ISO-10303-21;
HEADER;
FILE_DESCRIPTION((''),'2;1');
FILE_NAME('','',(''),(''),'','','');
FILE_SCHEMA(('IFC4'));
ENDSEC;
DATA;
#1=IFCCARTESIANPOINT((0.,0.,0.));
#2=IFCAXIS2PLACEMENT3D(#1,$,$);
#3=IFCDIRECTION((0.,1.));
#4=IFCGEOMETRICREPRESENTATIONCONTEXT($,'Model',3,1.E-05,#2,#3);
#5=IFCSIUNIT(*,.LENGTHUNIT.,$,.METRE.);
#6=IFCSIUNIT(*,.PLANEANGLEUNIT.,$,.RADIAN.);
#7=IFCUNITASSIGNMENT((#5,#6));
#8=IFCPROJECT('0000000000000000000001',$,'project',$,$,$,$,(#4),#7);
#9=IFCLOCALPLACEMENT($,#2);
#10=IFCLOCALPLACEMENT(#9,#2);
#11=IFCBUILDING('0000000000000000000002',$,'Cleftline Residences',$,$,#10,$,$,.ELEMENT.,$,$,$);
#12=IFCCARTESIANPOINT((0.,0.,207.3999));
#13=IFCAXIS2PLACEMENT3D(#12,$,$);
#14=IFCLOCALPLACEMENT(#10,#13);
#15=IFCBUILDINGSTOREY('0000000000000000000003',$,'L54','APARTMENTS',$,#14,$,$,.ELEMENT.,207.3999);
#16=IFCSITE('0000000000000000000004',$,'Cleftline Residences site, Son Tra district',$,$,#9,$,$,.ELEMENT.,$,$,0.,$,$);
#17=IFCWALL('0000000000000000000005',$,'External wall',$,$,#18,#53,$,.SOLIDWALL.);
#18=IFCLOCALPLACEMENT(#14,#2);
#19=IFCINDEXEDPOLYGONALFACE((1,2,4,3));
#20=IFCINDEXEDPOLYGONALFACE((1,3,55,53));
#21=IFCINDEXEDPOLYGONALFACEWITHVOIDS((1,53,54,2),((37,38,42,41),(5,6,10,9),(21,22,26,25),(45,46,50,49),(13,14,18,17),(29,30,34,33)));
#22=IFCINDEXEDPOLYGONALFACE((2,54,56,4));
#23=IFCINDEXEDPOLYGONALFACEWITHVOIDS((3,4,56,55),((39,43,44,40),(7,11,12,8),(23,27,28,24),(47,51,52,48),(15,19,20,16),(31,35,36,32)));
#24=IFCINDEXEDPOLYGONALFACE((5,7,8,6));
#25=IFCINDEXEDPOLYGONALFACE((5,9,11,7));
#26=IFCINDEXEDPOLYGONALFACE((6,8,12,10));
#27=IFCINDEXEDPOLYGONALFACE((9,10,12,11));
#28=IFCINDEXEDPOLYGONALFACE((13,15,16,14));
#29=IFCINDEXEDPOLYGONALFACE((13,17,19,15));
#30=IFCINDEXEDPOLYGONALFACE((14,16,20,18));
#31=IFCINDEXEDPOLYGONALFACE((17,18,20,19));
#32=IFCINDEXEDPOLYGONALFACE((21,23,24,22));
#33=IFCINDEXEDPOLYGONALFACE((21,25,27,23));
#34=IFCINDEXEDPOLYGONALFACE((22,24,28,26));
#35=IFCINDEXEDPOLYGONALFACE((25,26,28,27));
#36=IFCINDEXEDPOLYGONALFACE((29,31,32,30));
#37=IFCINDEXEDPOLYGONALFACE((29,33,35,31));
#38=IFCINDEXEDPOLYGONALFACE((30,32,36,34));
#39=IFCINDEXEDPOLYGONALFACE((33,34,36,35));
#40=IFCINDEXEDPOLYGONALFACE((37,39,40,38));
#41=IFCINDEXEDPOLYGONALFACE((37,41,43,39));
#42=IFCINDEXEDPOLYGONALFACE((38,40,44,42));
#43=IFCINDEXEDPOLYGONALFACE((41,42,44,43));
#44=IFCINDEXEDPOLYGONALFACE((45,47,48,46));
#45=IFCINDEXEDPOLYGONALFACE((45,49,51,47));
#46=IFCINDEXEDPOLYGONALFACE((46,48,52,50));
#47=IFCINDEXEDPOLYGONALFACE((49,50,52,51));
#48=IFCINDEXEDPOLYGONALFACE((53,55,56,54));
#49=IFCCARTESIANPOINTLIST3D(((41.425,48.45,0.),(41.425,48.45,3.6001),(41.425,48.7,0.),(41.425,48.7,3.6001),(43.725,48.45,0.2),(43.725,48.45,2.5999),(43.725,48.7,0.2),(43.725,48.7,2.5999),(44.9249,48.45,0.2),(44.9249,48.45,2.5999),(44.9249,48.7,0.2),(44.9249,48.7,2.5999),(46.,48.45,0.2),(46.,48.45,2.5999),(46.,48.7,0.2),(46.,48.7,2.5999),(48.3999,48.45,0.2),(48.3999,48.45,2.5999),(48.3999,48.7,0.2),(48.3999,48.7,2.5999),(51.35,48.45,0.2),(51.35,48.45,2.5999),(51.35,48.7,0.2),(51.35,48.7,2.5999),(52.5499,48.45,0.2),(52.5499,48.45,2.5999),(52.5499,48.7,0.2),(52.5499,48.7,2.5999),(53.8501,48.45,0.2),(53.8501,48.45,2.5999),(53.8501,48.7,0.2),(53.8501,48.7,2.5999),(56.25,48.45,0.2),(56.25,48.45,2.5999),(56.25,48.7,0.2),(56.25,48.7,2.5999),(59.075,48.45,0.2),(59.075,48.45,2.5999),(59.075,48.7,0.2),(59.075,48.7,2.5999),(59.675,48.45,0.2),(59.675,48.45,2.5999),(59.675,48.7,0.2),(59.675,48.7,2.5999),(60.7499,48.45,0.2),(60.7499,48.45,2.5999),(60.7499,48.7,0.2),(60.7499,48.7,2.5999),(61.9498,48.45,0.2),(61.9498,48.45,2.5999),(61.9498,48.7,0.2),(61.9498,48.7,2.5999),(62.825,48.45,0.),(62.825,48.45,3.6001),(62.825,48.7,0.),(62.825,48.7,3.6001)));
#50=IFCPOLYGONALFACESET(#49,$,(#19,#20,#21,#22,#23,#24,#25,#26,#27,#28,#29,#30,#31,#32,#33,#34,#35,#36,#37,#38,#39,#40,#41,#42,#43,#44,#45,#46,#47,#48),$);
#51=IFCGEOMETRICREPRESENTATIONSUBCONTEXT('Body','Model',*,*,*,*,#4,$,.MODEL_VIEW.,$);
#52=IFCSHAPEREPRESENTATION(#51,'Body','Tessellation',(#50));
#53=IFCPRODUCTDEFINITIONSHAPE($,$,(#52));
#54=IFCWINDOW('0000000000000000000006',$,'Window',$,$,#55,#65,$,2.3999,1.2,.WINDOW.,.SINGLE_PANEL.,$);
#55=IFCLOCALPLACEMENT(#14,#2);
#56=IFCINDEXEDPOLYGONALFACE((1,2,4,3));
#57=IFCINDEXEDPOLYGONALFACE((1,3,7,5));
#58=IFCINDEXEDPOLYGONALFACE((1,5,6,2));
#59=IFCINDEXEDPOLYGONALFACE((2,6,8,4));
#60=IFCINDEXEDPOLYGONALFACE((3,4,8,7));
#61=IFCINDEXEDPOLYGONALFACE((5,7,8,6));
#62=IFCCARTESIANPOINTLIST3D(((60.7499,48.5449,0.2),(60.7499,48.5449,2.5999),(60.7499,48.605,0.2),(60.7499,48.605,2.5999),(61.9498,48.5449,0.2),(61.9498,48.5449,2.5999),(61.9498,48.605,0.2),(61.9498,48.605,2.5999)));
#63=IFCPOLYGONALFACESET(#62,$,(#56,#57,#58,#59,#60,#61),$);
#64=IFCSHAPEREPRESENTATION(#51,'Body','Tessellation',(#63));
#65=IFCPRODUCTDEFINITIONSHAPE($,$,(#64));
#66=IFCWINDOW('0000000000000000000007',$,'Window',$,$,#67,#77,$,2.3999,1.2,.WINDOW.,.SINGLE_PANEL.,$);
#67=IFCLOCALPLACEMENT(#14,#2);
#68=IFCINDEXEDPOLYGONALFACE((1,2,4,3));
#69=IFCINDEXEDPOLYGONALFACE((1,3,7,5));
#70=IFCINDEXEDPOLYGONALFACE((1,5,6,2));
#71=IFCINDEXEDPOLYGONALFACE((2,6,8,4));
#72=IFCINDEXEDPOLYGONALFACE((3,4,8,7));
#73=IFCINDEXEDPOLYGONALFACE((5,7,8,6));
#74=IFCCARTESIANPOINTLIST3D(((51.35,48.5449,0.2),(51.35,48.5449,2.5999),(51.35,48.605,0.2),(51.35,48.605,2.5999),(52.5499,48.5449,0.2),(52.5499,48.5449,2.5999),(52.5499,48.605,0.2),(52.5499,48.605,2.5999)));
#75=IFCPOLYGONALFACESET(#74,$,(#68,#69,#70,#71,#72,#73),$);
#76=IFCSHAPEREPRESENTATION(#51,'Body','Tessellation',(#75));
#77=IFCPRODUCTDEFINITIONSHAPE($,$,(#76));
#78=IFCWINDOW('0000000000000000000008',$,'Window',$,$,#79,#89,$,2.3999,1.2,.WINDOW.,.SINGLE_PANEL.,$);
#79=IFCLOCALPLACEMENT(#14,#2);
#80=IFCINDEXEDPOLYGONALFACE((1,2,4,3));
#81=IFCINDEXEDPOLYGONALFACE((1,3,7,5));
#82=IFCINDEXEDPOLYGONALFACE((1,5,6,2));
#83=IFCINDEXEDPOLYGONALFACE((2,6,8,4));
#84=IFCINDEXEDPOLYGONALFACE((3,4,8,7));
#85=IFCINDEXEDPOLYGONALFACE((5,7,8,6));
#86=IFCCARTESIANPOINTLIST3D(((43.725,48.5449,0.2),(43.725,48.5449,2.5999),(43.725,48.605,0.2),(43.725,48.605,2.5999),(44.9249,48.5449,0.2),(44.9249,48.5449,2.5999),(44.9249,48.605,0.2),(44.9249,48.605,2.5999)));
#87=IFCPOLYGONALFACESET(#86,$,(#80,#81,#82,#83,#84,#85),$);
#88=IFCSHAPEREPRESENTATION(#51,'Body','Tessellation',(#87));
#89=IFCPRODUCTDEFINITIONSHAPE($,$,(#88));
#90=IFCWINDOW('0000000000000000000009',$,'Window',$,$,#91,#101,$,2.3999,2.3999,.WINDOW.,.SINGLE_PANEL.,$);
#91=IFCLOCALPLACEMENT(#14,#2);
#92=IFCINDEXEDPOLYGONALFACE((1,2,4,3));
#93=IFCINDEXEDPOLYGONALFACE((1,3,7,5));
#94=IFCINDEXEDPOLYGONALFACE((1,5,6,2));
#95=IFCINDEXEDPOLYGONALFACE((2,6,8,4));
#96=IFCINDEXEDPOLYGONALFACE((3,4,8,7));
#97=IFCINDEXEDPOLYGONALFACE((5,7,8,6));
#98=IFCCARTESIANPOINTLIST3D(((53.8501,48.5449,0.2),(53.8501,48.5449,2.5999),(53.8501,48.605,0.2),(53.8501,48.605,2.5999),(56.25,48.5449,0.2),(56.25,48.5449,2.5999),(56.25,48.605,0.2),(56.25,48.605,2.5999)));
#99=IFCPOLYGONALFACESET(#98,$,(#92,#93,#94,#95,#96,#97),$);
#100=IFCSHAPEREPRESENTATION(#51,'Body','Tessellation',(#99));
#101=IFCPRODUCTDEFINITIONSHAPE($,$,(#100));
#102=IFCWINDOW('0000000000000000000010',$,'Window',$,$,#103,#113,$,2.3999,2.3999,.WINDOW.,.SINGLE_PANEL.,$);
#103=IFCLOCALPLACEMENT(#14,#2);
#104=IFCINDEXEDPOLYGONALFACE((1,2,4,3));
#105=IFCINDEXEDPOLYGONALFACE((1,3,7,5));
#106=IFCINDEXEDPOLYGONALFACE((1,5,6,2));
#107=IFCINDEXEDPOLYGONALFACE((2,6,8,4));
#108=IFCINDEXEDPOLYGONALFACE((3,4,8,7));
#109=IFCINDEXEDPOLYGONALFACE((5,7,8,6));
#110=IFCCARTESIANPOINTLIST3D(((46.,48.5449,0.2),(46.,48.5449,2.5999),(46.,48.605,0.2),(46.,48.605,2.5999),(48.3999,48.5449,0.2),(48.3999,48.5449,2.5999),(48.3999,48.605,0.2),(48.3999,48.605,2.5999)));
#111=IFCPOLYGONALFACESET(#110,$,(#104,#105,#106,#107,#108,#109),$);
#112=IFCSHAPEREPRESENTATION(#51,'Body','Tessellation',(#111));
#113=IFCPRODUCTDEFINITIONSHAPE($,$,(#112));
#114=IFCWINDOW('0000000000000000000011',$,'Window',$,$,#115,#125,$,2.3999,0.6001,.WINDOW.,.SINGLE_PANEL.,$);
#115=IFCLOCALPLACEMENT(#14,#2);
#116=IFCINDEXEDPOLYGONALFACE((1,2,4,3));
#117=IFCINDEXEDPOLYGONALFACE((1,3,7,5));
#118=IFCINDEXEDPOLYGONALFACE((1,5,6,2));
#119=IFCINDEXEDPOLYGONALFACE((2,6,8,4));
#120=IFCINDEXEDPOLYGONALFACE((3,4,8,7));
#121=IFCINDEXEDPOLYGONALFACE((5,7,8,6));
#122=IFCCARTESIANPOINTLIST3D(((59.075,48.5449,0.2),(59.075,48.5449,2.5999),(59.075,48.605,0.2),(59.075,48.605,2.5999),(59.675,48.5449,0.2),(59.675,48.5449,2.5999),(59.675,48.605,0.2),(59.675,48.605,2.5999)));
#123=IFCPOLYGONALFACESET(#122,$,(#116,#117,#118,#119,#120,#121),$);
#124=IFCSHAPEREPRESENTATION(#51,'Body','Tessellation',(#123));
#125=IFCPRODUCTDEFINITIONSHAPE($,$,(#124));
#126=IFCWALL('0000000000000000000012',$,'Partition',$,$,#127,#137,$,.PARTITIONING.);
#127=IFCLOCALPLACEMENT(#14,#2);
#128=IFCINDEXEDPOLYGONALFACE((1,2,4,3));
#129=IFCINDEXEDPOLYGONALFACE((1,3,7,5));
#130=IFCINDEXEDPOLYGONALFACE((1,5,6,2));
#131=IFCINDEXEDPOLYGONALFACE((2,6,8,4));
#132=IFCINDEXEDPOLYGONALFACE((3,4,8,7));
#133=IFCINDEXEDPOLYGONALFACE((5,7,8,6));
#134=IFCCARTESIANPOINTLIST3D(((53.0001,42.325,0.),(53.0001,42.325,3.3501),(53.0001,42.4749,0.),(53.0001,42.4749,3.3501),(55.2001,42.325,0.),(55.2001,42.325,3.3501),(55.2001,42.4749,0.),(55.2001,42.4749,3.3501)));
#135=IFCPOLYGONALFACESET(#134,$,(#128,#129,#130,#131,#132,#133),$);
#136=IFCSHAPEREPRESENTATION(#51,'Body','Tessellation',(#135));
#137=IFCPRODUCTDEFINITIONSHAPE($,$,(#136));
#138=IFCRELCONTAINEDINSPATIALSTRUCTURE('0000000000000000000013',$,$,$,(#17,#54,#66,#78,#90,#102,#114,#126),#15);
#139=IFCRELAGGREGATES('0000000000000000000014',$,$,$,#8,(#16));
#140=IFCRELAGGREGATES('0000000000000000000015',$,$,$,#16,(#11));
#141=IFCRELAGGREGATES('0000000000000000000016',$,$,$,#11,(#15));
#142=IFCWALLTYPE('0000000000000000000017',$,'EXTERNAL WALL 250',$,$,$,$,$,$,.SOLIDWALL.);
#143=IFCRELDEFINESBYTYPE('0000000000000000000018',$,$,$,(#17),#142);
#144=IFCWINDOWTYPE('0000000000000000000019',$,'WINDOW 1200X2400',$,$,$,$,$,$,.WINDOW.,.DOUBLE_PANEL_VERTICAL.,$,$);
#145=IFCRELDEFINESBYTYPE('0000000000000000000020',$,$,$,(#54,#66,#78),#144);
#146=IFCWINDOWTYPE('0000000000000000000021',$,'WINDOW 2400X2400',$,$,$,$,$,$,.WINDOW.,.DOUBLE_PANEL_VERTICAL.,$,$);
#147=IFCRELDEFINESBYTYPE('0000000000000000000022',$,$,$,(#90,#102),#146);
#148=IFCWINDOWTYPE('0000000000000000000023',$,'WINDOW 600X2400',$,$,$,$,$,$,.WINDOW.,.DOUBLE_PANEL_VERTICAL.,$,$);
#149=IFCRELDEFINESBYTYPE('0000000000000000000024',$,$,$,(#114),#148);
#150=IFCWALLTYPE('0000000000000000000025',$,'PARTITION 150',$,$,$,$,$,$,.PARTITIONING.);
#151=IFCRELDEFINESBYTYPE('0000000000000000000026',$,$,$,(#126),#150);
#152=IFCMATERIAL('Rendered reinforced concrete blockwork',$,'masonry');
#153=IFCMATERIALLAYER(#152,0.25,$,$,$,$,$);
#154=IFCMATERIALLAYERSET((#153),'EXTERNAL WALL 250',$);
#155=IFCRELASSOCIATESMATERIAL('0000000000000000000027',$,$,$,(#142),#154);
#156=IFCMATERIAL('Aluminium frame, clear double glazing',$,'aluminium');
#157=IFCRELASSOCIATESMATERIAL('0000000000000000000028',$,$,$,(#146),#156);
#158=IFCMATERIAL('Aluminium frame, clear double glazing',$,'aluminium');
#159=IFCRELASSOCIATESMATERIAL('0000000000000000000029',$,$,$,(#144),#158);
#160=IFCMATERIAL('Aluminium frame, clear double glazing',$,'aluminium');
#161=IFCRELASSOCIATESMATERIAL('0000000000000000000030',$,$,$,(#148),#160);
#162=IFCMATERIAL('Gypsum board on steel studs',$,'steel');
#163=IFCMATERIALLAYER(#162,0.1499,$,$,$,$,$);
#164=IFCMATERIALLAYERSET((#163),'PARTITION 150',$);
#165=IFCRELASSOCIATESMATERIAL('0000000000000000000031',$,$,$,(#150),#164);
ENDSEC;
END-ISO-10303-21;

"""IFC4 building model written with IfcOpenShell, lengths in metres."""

from ifc_helpers import new_model, si_unit, direction, frame, frame_2d, origin, place, context, subcontext, project, spatial, rectangle, extrude, material, layer, layer_set, type_object, element, fill, save


model = new_model("IFC4")

# Units and contexts
model_context = context("Model", 3, precision=1e-05, world=origin(), true_north=direction((0.0, 1.0)))
body_context = subcontext(model_context, "Body", "Model", "MODEL_VIEW")
ifc_project = project(units=[si_unit("LENGTHUNIT", "METRE"), si_unit("PLANEANGLEUNIT", "RADIAN")], contexts=[model_context])

# Site, building, storey
site_placement = place(None, origin())
site = spatial("IfcSite", under=ifc_project, at=site_placement, Name="Cleftline Residences site, Son Tra district", CompositionType="ELEMENT", RefElevation=0.0)
building_placement = place(site_placement, origin())
building = spatial("IfcBuilding", under=site, at=building_placement, Name="Cleftline Residences", CompositionType="ELEMENT")
storey_placement = place(building_placement, frame((0.0, 0.0, 207.3999)))
storey = spatial("IfcBuildingStorey", under=building, at=storey_placement, Name="L54", Description="APARTMENTS", CompositionType="ELEMENT", Elevation=207.3999)

# Shared definitions
ifc_material_1 = material(Name="Rendered reinforced concrete blockwork", Category="masonry")
ifc_layer_1 = layer(ifc_material_1, 0.25)
ifc_layer_set_1 = layer_set([ifc_layer_1], Name="EXTERNAL WALL 250")
wall_type_1 = type_object("IfcWallType", Name="EXTERNAL WALL 250", PredefinedType="SOLIDWALL", material=ifc_layer_set_1)
ifc_material_2 = material(Name="Aluminium frame, clear double glazing", Category="aluminium")
window_type_1 = type_object("IfcWindowType", Name="WINDOW 2400X2400", PartitioningType="DOUBLE_PANEL_VERTICAL", PredefinedType="WINDOW", material=ifc_material_2)

# Wall, openings, windows
wall_1_placement = place(storey_placement, frame((62.825, 48.575, 0.0), z_axis=(0.0, 0.0, 1.0), x_axis=(-1.0, 0.0, 0.0)))
wall_1 = element("IfcWall", 1, at=wall_1_placement, inside=storey, type_object=wall_type_1, Name="External wall", PredefinedType="SOLIDWALL", context=body_context, shape_type="SweptSolid", body=[
    extrude(rectangle(XDim=21.3999, YDim=0.25, at=frame_2d((10.7, 0.0))), origin(), (0.0, 0.0, 1.0), 3.6001),
])
opening_1_placement = place(wall_1_placement, frame((0.875, 0.0, 0.2)))
opening_1 = element("IfcOpeningElement", 2, at=opening_1_placement, cuts=wall_1, PredefinedType="OPENING", context=body_context, shape_type="SweptSolid", body=[
    extrude(rectangle(XDim=1.2, YDim=2.3999, at=frame_2d((0.6001, 1.2))), frame((0.0, 0.135, 0.0), z_axis=(0.0, -1.0, 0.0), x_axis=(1.0, 0.0, 0.0)), (0.0, 0.0, 1.0), 0.27),
])
opening_2_placement = place(wall_1_placement, frame((3.1499, 0.0, 0.2)))
opening_2 = element("IfcOpeningElement", 3, at=opening_2_placement, cuts=wall_1, PredefinedType="OPENING", context=body_context, shape_type="SweptSolid", body=[
    extrude(rectangle(XDim=0.6001, YDim=2.3999, at=frame_2d((0.3, 1.2))), frame((0.0, 0.135, 0.0), z_axis=(0.0, -1.0, 0.0), x_axis=(1.0, 0.0, 0.0)), (0.0, 0.0, 1.0), 0.27),
])
opening_3_placement = place(wall_1_placement, frame((6.575, 0.0, 0.2)))
opening_3 = element("IfcOpeningElement", 4, at=opening_3_placement, cuts=wall_1, PredefinedType="OPENING", context=body_context, shape_type="SweptSolid", body=[
    extrude(rectangle(XDim=2.3999, YDim=2.3999, at=frame_2d((1.2, 1.2))), frame((0.0, 0.135, 0.0), z_axis=(0.0, -1.0, 0.0), x_axis=(1.0, 0.0, 0.0)), (0.0, 0.0, 1.0), 0.27),
])
opening_4_placement = place(wall_1_placement, frame((10.2749, 0.0, 0.2)))
opening_4 = element("IfcOpeningElement", 5, at=opening_4_placement, cuts=wall_1, PredefinedType="OPENING", context=body_context, shape_type="SweptSolid", body=[
    extrude(rectangle(XDim=1.2, YDim=2.3999, at=frame_2d((0.6001, 1.2))), frame((0.0, 0.135, 0.0), z_axis=(0.0, -1.0, 0.0), x_axis=(1.0, 0.0, 0.0)), (0.0, 0.0, 1.0), 0.27),
])
opening_5_placement = place(wall_1_placement, frame((14.425, 0.0, 0.2)))
opening_5 = element("IfcOpeningElement", 6, at=opening_5_placement, cuts=wall_1, PredefinedType="OPENING", context=body_context, shape_type="SweptSolid", body=[
    extrude(rectangle(XDim=2.3999, YDim=2.3999, at=frame_2d((1.2, 1.2))), frame((0.0, 0.135, 0.0), z_axis=(0.0, -1.0, 0.0), x_axis=(1.0, 0.0, 0.0)), (0.0, 0.0, 1.0), 0.27),
])
opening_6_placement = place(wall_1_placement, frame((17.8999, 0.0, 0.2)))
opening_6 = element("IfcOpeningElement", 7, at=opening_6_placement, cuts=wall_1, PredefinedType="OPENING", context=body_context, shape_type="SweptSolid", body=[
    extrude(rectangle(XDim=1.2, YDim=2.3999, at=frame_2d((0.6001, 1.2))), frame((0.0, 0.135, 0.0), z_axis=(0.0, -1.0, 0.0), x_axis=(1.0, 0.0, 0.0)), (0.0, 0.0, 1.0), 0.27),
])
ifc_material_3 = material(Name="Aluminium frame, clear double glazing", Category="aluminium")
window_type_2 = type_object("IfcWindowType", Name="WINDOW 1200X2400", PartitioningType="DOUBLE_PANEL_VERTICAL", PredefinedType="WINDOW", material=ifc_material_3)
window_1_placement = place(opening_1_placement, origin())
window_1 = element("IfcWindow", 8, at=window_1_placement, inside=storey, type_object=window_type_2, Name="Window", OverallHeight=2.3999, OverallWidth=1.2, PartitioningType="SINGLE_PANEL", PredefinedType="WINDOW", context=body_context, shape_type="SweptSolid", body=[
    extrude(rectangle(XDim=1.2, YDim=2.3999, at=frame_2d((0.6001, 1.2))), frame((0.0, 0.03, 0.0), z_axis=(0.0, -1.0, 0.0), x_axis=(1.0, 0.0, 0.0)), (0.0, 0.0, 1.0), 0.0601),
])
fill(opening_1, window_1)
window_2_placement = place(opening_4_placement, origin())
window_2 = element("IfcWindow", 9, at=window_2_placement, inside=storey, type_object=window_type_2, Name="Window", OverallHeight=2.3999, OverallWidth=1.2, PartitioningType="SINGLE_PANEL", PredefinedType="WINDOW", context=body_context, shape_type="SweptSolid", body=[
    extrude(rectangle(XDim=1.2, YDim=2.3999, at=frame_2d((0.6001, 1.2))), frame((0.0, 0.03, 0.0), z_axis=(0.0, -1.0, 0.0), x_axis=(1.0, 0.0, 0.0)), (0.0, 0.0, 1.0), 0.0601),
])
fill(opening_4, window_2)
window_3_placement = place(opening_6_placement, origin())
window_3 = element("IfcWindow", 10, at=window_3_placement, inside=storey, type_object=window_type_2, Name="Window", OverallHeight=2.3999, OverallWidth=1.2, PartitioningType="SINGLE_PANEL", PredefinedType="WINDOW", context=body_context, shape_type="SweptSolid", body=[
    extrude(rectangle(XDim=1.2, YDim=2.3999, at=frame_2d((0.6001, 1.2))), frame((0.0, 0.03, 0.0), z_axis=(0.0, -1.0, 0.0), x_axis=(1.0, 0.0, 0.0)), (0.0, 0.0, 1.0), 0.0601),
])
fill(opening_6, window_3)
window_4_placement = place(opening_3_placement, origin())
window_4 = element("IfcWindow", 11, at=window_4_placement, inside=storey, type_object=window_type_1, Name="Window", OverallHeight=2.3999, OverallWidth=2.3999, PartitioningType="SINGLE_PANEL", PredefinedType="WINDOW", context=body_context, shape_type="SweptSolid", body=[
    extrude(rectangle(XDim=2.3999, YDim=2.3999, at=frame_2d((1.2, 1.2))), frame((0.0, 0.03, 0.0), z_axis=(0.0, -1.0, 0.0), x_axis=(1.0, 0.0, 0.0)), (0.0, 0.0, 1.0), 0.0601),
])
fill(opening_3, window_4)
window_5_placement = place(opening_5_placement, origin())
window_5 = element("IfcWindow", 12, at=window_5_placement, inside=storey, type_object=window_type_1, Name="Window", OverallHeight=2.3999, OverallWidth=2.3999, PartitioningType="SINGLE_PANEL", PredefinedType="WINDOW", context=body_context, shape_type="SweptSolid", body=[
    extrude(rectangle(XDim=2.3999, YDim=2.3999, at=frame_2d((1.2, 1.2))), frame((0.0, 0.03, 0.0), z_axis=(0.0, -1.0, 0.0), x_axis=(1.0, 0.0, 0.0)), (0.0, 0.0, 1.0), 0.0601),
])
fill(opening_5, window_5)
ifc_material_4 = material(Name="Aluminium frame, clear double glazing", Category="aluminium")
window_type_3 = type_object("IfcWindowType", Name="WINDOW 600X2400", PartitioningType="DOUBLE_PANEL_VERTICAL", PredefinedType="WINDOW", material=ifc_material_4)
window_6_placement = place(opening_2_placement, origin())
window_6 = element("IfcWindow", 13, at=window_6_placement, inside=storey, type_object=window_type_3, Name="Window", OverallHeight=2.3999, OverallWidth=0.6001, PartitioningType="SINGLE_PANEL", PredefinedType="WINDOW", context=body_context, shape_type="SweptSolid", body=[
    extrude(rectangle(XDim=0.6001, YDim=2.3999, at=frame_2d((0.3, 1.2))), frame((0.0, 0.03, 0.0), z_axis=(0.0, -1.0, 0.0), x_axis=(1.0, 0.0, 0.0)), (0.0, 0.0, 1.0), 0.0601),
])
fill(opening_2, window_6)

# Wall
ifc_material_5 = material(Name="Gypsum board on steel studs", Category="steel")
ifc_layer_2 = layer(ifc_material_5, 0.1499)
ifc_layer_set_2 = layer_set([ifc_layer_2], Name="PARTITION 150")
wall_type_2 = type_object("IfcWallType", Name="PARTITION 150", PredefinedType="PARTITIONING", material=ifc_layer_set_2)
wall_2_placement = place(storey_placement, frame((53.0, 42.3999, 0.0), z_axis=(0.0, 0.0, 1.0), x_axis=(1.0, 0.0, 0.0)))
element("IfcWall", 14, at=wall_2_placement, inside=storey, type_object=wall_type_2, Name="Partition", PredefinedType="PARTITIONING", context=body_context, shape_type="SweptSolid", body=[
    extrude(rectangle(XDim=2.2, YDim=0.1499, at=frame_2d((1.1001, 0.0))), origin(), (0.0, 0.0, 1.0), 3.3501),
])

save(model, "model.ifc")
